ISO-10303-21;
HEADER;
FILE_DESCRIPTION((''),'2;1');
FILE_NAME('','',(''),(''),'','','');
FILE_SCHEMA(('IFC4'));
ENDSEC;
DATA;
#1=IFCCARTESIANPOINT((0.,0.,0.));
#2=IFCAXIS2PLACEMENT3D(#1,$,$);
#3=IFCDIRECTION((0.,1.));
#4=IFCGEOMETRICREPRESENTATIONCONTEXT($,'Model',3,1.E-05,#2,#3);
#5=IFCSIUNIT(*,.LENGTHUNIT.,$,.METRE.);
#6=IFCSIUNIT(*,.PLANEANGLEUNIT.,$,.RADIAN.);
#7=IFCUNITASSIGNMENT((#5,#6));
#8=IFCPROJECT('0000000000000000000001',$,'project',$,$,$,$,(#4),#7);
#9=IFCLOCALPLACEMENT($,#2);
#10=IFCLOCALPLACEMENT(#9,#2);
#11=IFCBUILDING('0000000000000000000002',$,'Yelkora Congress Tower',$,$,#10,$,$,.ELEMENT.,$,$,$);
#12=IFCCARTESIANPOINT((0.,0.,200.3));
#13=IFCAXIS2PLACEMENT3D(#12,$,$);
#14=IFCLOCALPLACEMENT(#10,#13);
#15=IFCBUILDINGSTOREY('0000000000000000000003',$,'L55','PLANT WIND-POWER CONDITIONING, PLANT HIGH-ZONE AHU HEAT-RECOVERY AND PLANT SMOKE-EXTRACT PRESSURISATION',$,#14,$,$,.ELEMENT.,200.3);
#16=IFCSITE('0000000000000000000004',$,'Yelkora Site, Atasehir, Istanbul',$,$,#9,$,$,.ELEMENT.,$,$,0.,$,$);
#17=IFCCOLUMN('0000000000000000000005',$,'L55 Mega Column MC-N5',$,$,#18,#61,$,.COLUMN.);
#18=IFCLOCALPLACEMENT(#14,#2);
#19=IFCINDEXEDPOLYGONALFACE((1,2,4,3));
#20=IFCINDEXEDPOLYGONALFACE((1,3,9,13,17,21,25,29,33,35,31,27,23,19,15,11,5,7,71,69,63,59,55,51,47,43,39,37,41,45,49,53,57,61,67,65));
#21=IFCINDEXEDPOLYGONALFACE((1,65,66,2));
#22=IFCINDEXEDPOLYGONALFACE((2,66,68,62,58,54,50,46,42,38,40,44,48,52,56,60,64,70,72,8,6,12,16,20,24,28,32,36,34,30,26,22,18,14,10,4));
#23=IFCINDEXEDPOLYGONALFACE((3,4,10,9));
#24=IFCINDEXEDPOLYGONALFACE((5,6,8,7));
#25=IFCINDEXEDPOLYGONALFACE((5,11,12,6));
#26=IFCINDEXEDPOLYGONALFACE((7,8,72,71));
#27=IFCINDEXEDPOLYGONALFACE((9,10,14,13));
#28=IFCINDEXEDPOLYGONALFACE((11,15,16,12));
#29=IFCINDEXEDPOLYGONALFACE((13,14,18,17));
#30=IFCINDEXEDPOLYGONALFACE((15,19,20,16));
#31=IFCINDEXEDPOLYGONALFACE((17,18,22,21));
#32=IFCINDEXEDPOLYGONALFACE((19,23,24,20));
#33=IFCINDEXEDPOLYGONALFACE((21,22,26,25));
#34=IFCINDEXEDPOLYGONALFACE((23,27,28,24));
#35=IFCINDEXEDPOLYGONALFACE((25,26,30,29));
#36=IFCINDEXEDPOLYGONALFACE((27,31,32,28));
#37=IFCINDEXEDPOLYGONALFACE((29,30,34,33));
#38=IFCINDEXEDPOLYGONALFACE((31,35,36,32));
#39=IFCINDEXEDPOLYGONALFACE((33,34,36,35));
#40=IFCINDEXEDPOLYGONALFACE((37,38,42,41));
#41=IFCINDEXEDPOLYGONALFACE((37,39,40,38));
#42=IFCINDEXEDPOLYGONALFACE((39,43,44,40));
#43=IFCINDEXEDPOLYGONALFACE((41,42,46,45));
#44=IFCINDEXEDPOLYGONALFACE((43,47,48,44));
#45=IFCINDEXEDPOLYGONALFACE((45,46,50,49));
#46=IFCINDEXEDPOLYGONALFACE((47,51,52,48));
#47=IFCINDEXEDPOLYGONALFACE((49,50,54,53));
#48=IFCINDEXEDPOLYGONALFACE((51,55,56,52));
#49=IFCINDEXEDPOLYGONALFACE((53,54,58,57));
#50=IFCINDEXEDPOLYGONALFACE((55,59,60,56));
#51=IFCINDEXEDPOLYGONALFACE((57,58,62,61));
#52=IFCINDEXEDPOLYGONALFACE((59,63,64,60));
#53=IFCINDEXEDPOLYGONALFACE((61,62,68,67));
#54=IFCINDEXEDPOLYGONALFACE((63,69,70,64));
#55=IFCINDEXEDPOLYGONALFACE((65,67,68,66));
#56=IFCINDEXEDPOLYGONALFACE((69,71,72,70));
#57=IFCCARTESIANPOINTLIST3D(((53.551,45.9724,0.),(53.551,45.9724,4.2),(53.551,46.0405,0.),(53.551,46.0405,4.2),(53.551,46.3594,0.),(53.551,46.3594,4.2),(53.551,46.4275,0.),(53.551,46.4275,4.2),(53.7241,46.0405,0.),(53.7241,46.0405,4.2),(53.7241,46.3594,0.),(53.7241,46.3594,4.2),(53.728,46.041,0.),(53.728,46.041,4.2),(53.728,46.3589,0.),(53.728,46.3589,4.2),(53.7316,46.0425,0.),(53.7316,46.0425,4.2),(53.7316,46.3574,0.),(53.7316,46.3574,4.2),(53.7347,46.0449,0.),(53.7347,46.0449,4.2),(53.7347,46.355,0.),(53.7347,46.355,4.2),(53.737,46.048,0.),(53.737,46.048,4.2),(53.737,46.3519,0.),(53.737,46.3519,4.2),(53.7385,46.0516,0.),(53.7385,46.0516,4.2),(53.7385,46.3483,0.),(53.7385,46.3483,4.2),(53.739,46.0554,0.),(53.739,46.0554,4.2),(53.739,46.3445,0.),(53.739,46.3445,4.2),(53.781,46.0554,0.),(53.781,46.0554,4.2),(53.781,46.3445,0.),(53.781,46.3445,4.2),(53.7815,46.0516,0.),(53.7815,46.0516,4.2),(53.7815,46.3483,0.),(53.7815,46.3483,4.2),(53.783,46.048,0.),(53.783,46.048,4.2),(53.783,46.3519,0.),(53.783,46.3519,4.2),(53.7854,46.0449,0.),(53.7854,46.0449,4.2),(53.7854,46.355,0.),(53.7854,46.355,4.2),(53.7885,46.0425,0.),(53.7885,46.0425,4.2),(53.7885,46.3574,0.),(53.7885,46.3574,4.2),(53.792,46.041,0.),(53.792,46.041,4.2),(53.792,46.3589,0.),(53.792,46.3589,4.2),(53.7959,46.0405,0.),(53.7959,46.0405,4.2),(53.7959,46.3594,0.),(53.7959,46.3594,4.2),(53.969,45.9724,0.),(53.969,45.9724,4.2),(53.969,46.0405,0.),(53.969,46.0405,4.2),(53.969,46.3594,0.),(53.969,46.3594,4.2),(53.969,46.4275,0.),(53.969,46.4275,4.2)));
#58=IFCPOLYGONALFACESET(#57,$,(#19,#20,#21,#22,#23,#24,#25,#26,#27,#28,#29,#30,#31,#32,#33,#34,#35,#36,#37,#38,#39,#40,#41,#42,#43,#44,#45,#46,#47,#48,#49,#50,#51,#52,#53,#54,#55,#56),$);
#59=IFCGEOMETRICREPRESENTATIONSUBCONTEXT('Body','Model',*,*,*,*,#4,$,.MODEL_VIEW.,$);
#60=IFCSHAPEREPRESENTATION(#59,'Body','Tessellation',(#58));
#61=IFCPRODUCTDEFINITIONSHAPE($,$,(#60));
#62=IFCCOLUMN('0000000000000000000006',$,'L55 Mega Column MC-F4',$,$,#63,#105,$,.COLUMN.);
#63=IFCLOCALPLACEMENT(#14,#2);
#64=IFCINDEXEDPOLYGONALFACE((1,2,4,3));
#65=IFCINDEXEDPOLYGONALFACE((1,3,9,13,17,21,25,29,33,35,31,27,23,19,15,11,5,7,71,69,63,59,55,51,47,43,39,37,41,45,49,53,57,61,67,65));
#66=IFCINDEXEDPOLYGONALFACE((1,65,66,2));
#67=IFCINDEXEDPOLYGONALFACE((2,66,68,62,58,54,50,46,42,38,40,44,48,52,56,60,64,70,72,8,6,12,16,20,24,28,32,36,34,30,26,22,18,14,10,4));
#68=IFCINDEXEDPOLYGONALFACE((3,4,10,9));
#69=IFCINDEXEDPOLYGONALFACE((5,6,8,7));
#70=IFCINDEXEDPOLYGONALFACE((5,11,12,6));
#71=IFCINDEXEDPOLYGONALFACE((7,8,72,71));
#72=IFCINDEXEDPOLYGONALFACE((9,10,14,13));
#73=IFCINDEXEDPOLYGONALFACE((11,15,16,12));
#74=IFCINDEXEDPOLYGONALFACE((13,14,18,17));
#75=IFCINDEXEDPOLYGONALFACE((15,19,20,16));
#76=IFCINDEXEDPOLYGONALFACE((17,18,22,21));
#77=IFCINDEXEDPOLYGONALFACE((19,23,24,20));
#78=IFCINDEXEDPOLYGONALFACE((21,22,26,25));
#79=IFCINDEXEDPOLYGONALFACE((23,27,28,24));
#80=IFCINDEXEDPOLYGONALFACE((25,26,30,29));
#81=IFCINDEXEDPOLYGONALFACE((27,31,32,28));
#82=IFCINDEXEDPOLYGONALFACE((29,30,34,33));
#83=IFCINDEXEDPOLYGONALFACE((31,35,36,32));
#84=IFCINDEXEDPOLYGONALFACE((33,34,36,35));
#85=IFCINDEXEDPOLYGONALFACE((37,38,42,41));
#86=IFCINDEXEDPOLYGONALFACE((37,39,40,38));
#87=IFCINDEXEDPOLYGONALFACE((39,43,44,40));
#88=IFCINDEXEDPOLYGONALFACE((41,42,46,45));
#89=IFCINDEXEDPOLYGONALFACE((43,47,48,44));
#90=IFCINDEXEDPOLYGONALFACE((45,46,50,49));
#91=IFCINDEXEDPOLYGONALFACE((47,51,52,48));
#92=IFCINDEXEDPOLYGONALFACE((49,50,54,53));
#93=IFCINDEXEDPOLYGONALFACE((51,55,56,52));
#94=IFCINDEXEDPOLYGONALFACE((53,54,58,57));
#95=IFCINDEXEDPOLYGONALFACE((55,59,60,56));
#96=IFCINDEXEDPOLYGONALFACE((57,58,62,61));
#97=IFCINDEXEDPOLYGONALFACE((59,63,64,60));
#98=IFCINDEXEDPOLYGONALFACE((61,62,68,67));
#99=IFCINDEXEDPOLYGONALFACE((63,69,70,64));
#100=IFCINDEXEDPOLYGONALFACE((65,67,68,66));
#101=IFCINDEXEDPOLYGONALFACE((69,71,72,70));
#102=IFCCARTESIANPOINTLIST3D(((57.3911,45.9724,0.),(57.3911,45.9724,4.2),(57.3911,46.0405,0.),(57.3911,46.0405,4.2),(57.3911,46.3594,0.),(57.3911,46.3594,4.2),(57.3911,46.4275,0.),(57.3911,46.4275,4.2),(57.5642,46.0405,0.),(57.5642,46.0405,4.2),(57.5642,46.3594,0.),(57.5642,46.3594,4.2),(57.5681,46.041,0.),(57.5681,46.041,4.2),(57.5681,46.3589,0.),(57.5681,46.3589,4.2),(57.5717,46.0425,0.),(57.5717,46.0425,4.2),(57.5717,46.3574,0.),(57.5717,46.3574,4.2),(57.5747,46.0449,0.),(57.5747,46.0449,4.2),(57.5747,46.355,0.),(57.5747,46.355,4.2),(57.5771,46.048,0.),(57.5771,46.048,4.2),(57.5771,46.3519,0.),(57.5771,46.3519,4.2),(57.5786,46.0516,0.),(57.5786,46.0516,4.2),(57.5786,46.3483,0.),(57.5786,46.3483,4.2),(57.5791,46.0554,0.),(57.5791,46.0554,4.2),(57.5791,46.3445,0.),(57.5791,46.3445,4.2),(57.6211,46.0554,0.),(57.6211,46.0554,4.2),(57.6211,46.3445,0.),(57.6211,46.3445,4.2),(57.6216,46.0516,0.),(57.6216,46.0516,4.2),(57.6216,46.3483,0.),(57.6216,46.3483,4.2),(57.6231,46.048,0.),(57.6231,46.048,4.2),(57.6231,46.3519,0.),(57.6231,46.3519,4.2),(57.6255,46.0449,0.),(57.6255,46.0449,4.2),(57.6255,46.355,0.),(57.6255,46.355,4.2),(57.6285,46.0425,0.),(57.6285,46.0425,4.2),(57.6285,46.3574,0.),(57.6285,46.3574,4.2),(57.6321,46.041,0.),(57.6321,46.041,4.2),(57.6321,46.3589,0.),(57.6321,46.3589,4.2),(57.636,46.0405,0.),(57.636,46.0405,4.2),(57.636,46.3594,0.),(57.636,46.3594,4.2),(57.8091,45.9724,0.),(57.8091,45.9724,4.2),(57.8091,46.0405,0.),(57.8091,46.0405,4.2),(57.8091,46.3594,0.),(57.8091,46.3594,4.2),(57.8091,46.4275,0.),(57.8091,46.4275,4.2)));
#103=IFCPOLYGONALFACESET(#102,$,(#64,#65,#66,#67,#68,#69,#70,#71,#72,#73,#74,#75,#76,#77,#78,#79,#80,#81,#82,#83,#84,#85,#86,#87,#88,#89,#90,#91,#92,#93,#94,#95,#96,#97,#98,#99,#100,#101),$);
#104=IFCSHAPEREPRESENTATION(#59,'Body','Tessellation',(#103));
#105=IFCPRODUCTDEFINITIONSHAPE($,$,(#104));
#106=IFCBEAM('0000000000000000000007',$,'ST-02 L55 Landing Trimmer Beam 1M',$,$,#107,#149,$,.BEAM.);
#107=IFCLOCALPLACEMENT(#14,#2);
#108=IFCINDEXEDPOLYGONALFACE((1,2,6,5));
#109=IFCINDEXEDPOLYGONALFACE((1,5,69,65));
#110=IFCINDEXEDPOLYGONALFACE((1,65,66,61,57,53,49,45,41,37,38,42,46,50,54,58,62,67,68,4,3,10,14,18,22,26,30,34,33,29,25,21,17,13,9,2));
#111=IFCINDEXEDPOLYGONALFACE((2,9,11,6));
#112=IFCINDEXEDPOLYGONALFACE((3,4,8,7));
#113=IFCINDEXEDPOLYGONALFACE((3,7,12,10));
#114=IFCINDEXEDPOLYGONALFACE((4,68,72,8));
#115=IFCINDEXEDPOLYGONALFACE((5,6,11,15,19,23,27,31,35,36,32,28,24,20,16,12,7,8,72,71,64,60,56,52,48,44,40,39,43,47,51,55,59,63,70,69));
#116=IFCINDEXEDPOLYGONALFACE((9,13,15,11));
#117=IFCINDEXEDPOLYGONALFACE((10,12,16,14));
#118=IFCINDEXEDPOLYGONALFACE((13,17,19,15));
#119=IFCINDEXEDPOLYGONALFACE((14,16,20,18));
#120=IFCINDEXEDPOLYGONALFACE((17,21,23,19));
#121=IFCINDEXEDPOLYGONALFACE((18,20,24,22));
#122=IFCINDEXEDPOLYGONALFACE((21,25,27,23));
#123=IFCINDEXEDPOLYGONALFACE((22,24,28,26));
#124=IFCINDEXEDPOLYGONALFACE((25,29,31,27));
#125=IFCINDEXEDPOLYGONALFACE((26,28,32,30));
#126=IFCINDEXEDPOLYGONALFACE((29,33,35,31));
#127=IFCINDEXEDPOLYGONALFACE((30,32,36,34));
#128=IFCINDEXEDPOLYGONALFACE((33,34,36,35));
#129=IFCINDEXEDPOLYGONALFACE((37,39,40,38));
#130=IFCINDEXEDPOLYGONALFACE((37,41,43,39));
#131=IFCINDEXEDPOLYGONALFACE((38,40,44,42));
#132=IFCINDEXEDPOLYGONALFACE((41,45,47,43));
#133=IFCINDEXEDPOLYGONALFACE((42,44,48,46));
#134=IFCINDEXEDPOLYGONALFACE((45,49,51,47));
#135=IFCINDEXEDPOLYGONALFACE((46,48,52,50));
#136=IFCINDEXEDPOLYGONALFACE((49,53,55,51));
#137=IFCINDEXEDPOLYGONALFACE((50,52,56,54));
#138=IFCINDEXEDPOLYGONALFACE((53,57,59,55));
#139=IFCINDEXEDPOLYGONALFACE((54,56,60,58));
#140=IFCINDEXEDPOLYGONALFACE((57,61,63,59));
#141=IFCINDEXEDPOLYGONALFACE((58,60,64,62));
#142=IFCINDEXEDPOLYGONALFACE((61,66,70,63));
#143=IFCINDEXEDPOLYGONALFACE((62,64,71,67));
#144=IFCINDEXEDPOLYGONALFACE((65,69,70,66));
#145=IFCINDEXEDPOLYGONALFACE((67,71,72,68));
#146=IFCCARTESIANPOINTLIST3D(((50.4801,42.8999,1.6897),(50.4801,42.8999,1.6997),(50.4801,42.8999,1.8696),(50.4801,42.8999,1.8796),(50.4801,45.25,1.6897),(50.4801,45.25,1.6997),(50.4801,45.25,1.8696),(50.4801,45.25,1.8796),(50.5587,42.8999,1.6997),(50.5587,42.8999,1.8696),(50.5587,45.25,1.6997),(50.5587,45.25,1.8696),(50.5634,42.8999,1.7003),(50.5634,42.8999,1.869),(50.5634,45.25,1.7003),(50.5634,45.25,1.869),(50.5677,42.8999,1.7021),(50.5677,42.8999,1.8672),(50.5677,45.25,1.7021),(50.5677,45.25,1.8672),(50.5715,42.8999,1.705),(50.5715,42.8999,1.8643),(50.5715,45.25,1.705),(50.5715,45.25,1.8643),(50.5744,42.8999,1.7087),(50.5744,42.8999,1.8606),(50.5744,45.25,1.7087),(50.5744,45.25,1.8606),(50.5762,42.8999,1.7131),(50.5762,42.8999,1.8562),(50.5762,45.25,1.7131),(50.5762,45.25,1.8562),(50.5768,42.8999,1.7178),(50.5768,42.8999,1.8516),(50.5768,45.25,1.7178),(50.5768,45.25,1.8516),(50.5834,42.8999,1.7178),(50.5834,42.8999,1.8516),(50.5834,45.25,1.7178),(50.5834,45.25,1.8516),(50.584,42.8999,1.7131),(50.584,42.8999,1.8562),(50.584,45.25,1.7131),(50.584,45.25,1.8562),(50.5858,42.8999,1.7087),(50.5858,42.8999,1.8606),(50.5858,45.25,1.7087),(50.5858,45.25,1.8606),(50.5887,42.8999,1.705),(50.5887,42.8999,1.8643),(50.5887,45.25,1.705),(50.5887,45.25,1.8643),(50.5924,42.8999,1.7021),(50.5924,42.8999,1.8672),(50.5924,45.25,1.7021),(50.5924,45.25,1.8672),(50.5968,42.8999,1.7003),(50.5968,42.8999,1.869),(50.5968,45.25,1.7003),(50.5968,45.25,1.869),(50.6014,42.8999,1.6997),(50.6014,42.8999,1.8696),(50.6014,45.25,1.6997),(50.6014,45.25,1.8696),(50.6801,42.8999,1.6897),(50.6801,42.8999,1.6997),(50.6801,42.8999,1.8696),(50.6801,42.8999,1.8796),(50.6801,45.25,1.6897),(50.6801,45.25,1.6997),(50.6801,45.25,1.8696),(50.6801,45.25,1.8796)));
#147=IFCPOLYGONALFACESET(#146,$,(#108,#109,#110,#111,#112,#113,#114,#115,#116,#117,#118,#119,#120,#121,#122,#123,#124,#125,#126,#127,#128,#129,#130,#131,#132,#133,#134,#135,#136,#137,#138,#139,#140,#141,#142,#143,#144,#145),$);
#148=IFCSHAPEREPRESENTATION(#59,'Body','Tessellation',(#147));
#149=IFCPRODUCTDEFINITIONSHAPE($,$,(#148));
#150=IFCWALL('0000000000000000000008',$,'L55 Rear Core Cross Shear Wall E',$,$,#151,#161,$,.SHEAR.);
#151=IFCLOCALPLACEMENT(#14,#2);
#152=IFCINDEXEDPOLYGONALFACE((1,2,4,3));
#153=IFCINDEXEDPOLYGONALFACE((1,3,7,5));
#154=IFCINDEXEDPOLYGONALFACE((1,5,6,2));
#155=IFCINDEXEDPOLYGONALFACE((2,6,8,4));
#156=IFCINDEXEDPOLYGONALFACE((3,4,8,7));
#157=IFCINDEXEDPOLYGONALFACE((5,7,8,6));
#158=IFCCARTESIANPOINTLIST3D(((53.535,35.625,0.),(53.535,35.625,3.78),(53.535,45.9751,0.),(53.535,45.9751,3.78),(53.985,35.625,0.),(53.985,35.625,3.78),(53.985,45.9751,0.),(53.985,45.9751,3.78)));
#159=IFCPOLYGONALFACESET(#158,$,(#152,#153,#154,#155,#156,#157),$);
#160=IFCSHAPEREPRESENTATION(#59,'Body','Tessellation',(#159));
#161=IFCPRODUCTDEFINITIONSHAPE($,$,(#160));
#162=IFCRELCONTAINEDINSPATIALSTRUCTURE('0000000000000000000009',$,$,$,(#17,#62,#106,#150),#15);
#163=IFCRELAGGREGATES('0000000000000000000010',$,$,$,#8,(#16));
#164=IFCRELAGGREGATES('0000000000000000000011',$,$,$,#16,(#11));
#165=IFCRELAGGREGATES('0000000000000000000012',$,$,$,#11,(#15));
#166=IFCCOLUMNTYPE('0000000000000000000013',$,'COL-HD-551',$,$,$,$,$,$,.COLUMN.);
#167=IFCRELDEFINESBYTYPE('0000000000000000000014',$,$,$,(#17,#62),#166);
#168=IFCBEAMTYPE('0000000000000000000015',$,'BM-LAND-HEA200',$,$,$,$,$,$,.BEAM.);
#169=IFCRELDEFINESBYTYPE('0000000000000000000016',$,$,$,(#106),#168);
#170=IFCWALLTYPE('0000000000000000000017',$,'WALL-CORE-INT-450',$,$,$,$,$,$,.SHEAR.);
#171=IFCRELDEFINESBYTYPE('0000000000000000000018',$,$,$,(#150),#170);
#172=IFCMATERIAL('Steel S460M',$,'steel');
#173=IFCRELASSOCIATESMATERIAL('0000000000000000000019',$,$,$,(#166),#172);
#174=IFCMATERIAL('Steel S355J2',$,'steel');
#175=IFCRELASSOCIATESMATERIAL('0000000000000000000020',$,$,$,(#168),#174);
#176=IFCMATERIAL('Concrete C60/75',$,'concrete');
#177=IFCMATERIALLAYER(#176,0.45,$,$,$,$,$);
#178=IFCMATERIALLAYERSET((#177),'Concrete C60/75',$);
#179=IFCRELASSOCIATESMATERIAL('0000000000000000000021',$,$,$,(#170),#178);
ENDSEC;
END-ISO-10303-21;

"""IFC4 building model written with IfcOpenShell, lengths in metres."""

from ifc_helpers import new_model, si_unit, direction, frame, frame_2d, origin, origin_2d, place, context, subcontext, project, spatial, rectangle, i_section, extrude, material, layer, layer_set, material_profile, profile_set, type_object, element, save


model = new_model("IFC4")

# Units and contexts
model_context = context("Model", 3, precision=1e-05, world=origin(), true_north=direction((0.0, 1.0)))
body_context = subcontext(model_context, "Body", "Model", "MODEL_VIEW")
ifc_project = project(units=[si_unit("LENGTHUNIT", "METRE"), si_unit("PLANEANGLEUNIT", "RADIAN")], contexts=[model_context])

# Site, building, storey
site_placement = place(None, origin())
site = spatial("IfcSite", under=ifc_project, at=site_placement, Name="Yelkora Site, Atasehir, Istanbul", CompositionType="ELEMENT", RefElevation=0.0)
building_placement = place(site_placement, origin())
building = spatial("IfcBuilding", under=site, at=building_placement, Name="Yelkora Congress Tower", CompositionType="ELEMENT")
storey_placement = place(building_placement, frame((0.0, 0.0, 200.3)))
storey = spatial("IfcBuildingStorey", under=building, at=storey_placement, Name="L55", Description="PLANT WIND-POWER CONDITIONING, PLANT HIGH-ZONE AHU HEAT-RECOVERY AND PLANT SMOKE-EXTRACT PRESSURISATION", CompositionType="ELEMENT", Elevation=200.3)

# Columns
ifc_material_1 = material(Name="Steel S460M", Category="steel")
ifc_material_profile_1 = material_profile(ifc_material_1, i_section(OverallWidth=0.418, OverallDepth=0.4551, WebThickness=0.042, FlangeThickness=0.0681, FilletRadius=0.0149, at=origin_2d()), Name="HD 400x551")
ifc_profile_set_1 = profile_set([ifc_material_profile_1], Name="Steel S460M")
column_type = type_object("IfcColumnType", Name="COL-HD-551", PredefinedType="COLUMN", material=ifc_profile_set_1)
for number, where, z_axis, x_axis, name in (
    (1, (53.76, 46.2, 0.0), (0.0, 0.0, 1.0), (1.0, 0.0, 0.0), "L55 Mega Column MC-N5"),
    (2, (57.6001, 46.2, 0.0), (0.0, 0.0, 1.0), (1.0, 0.0, 0.0), "L55 Mega Column MC-F4"),
):
    element("IfcColumn", number, at=place(storey_placement, frame(where, z_axis=z_axis, x_axis=x_axis)), inside=storey, type_object=column_type, Name=name, PredefinedType="COLUMN", context=body_context, shape_type="SweptSolid", body=[
        extrude(i_section(OverallWidth=0.418, OverallDepth=0.4551, WebThickness=0.042, FlangeThickness=0.0681, FilletRadius=0.0149, at=origin_2d()), origin(), (0.0, 0.0, 1.0), 4.2),
    ])

# Beam
ifc_material_2 = material(Name="Steel S355J2", Category="steel")
ifc_material_profile_2 = material_profile(ifc_material_2, i_section(OverallWidth=0.2, OverallDepth=0.1899, WebThickness=0.0066, FlangeThickness=0.01, FilletRadius=0.0181, at=origin_2d()), Name="HEA 200")
ifc_profile_set_2 = profile_set([ifc_material_profile_2], Name="Steel S355J2")
beam_type = type_object("IfcBeamType", Name="BM-LAND-HEA200", PredefinedType="BEAM", material=ifc_profile_set_2)
beam_placement = place(storey_placement, frame((50.5801, 42.8999, 1.7847), z_axis=(0.0, 1.0, 0.0), x_axis=(-1.0, 0.0, 0.0)))
element("IfcBeam", 3, at=beam_placement, inside=storey, type_object=beam_type, Name="ST-02 L55 Landing Trimmer Beam 1M", PredefinedType="BEAM", context=body_context, shape_type="SweptSolid", body=[
    extrude(i_section(OverallWidth=0.2, OverallDepth=0.1899, WebThickness=0.0066, FlangeThickness=0.01, FilletRadius=0.0181, at=origin_2d()), origin(), (0.0, 0.0, 1.0), 2.3501),
])

# Wall
ifc_material_3 = material(Name="Concrete C60/75", Category="concrete")
ifc_layer_1 = layer(ifc_material_3, 0.45)
ifc_layer_set_1 = layer_set([ifc_layer_1], Name="Concrete C60/75")
wall_type = type_object("IfcWallType", Name="WALL-CORE-INT-450", PredefinedType="SHEAR", material=ifc_layer_set_1)
wall_placement = place(storey_placement, frame((53.76, 35.625, 0.0), z_axis=(0.0, 0.0, 1.0), x_axis=(0.0, 1.0, 0.0)))
element("IfcWall", 4, at=wall_placement, inside=storey, type_object=wall_type, Name="L55 Rear Core Cross Shear Wall E", PredefinedType="SHEAR", context=body_context, shape_type="SweptSolid", body=[
    extrude(rectangle(XDim=10.3501, YDim=0.45, at=frame_2d((5.175, 0.0))), origin(), (0.0, 0.0, 1.0), 3.78),
])

save(model, "model.ifc")
